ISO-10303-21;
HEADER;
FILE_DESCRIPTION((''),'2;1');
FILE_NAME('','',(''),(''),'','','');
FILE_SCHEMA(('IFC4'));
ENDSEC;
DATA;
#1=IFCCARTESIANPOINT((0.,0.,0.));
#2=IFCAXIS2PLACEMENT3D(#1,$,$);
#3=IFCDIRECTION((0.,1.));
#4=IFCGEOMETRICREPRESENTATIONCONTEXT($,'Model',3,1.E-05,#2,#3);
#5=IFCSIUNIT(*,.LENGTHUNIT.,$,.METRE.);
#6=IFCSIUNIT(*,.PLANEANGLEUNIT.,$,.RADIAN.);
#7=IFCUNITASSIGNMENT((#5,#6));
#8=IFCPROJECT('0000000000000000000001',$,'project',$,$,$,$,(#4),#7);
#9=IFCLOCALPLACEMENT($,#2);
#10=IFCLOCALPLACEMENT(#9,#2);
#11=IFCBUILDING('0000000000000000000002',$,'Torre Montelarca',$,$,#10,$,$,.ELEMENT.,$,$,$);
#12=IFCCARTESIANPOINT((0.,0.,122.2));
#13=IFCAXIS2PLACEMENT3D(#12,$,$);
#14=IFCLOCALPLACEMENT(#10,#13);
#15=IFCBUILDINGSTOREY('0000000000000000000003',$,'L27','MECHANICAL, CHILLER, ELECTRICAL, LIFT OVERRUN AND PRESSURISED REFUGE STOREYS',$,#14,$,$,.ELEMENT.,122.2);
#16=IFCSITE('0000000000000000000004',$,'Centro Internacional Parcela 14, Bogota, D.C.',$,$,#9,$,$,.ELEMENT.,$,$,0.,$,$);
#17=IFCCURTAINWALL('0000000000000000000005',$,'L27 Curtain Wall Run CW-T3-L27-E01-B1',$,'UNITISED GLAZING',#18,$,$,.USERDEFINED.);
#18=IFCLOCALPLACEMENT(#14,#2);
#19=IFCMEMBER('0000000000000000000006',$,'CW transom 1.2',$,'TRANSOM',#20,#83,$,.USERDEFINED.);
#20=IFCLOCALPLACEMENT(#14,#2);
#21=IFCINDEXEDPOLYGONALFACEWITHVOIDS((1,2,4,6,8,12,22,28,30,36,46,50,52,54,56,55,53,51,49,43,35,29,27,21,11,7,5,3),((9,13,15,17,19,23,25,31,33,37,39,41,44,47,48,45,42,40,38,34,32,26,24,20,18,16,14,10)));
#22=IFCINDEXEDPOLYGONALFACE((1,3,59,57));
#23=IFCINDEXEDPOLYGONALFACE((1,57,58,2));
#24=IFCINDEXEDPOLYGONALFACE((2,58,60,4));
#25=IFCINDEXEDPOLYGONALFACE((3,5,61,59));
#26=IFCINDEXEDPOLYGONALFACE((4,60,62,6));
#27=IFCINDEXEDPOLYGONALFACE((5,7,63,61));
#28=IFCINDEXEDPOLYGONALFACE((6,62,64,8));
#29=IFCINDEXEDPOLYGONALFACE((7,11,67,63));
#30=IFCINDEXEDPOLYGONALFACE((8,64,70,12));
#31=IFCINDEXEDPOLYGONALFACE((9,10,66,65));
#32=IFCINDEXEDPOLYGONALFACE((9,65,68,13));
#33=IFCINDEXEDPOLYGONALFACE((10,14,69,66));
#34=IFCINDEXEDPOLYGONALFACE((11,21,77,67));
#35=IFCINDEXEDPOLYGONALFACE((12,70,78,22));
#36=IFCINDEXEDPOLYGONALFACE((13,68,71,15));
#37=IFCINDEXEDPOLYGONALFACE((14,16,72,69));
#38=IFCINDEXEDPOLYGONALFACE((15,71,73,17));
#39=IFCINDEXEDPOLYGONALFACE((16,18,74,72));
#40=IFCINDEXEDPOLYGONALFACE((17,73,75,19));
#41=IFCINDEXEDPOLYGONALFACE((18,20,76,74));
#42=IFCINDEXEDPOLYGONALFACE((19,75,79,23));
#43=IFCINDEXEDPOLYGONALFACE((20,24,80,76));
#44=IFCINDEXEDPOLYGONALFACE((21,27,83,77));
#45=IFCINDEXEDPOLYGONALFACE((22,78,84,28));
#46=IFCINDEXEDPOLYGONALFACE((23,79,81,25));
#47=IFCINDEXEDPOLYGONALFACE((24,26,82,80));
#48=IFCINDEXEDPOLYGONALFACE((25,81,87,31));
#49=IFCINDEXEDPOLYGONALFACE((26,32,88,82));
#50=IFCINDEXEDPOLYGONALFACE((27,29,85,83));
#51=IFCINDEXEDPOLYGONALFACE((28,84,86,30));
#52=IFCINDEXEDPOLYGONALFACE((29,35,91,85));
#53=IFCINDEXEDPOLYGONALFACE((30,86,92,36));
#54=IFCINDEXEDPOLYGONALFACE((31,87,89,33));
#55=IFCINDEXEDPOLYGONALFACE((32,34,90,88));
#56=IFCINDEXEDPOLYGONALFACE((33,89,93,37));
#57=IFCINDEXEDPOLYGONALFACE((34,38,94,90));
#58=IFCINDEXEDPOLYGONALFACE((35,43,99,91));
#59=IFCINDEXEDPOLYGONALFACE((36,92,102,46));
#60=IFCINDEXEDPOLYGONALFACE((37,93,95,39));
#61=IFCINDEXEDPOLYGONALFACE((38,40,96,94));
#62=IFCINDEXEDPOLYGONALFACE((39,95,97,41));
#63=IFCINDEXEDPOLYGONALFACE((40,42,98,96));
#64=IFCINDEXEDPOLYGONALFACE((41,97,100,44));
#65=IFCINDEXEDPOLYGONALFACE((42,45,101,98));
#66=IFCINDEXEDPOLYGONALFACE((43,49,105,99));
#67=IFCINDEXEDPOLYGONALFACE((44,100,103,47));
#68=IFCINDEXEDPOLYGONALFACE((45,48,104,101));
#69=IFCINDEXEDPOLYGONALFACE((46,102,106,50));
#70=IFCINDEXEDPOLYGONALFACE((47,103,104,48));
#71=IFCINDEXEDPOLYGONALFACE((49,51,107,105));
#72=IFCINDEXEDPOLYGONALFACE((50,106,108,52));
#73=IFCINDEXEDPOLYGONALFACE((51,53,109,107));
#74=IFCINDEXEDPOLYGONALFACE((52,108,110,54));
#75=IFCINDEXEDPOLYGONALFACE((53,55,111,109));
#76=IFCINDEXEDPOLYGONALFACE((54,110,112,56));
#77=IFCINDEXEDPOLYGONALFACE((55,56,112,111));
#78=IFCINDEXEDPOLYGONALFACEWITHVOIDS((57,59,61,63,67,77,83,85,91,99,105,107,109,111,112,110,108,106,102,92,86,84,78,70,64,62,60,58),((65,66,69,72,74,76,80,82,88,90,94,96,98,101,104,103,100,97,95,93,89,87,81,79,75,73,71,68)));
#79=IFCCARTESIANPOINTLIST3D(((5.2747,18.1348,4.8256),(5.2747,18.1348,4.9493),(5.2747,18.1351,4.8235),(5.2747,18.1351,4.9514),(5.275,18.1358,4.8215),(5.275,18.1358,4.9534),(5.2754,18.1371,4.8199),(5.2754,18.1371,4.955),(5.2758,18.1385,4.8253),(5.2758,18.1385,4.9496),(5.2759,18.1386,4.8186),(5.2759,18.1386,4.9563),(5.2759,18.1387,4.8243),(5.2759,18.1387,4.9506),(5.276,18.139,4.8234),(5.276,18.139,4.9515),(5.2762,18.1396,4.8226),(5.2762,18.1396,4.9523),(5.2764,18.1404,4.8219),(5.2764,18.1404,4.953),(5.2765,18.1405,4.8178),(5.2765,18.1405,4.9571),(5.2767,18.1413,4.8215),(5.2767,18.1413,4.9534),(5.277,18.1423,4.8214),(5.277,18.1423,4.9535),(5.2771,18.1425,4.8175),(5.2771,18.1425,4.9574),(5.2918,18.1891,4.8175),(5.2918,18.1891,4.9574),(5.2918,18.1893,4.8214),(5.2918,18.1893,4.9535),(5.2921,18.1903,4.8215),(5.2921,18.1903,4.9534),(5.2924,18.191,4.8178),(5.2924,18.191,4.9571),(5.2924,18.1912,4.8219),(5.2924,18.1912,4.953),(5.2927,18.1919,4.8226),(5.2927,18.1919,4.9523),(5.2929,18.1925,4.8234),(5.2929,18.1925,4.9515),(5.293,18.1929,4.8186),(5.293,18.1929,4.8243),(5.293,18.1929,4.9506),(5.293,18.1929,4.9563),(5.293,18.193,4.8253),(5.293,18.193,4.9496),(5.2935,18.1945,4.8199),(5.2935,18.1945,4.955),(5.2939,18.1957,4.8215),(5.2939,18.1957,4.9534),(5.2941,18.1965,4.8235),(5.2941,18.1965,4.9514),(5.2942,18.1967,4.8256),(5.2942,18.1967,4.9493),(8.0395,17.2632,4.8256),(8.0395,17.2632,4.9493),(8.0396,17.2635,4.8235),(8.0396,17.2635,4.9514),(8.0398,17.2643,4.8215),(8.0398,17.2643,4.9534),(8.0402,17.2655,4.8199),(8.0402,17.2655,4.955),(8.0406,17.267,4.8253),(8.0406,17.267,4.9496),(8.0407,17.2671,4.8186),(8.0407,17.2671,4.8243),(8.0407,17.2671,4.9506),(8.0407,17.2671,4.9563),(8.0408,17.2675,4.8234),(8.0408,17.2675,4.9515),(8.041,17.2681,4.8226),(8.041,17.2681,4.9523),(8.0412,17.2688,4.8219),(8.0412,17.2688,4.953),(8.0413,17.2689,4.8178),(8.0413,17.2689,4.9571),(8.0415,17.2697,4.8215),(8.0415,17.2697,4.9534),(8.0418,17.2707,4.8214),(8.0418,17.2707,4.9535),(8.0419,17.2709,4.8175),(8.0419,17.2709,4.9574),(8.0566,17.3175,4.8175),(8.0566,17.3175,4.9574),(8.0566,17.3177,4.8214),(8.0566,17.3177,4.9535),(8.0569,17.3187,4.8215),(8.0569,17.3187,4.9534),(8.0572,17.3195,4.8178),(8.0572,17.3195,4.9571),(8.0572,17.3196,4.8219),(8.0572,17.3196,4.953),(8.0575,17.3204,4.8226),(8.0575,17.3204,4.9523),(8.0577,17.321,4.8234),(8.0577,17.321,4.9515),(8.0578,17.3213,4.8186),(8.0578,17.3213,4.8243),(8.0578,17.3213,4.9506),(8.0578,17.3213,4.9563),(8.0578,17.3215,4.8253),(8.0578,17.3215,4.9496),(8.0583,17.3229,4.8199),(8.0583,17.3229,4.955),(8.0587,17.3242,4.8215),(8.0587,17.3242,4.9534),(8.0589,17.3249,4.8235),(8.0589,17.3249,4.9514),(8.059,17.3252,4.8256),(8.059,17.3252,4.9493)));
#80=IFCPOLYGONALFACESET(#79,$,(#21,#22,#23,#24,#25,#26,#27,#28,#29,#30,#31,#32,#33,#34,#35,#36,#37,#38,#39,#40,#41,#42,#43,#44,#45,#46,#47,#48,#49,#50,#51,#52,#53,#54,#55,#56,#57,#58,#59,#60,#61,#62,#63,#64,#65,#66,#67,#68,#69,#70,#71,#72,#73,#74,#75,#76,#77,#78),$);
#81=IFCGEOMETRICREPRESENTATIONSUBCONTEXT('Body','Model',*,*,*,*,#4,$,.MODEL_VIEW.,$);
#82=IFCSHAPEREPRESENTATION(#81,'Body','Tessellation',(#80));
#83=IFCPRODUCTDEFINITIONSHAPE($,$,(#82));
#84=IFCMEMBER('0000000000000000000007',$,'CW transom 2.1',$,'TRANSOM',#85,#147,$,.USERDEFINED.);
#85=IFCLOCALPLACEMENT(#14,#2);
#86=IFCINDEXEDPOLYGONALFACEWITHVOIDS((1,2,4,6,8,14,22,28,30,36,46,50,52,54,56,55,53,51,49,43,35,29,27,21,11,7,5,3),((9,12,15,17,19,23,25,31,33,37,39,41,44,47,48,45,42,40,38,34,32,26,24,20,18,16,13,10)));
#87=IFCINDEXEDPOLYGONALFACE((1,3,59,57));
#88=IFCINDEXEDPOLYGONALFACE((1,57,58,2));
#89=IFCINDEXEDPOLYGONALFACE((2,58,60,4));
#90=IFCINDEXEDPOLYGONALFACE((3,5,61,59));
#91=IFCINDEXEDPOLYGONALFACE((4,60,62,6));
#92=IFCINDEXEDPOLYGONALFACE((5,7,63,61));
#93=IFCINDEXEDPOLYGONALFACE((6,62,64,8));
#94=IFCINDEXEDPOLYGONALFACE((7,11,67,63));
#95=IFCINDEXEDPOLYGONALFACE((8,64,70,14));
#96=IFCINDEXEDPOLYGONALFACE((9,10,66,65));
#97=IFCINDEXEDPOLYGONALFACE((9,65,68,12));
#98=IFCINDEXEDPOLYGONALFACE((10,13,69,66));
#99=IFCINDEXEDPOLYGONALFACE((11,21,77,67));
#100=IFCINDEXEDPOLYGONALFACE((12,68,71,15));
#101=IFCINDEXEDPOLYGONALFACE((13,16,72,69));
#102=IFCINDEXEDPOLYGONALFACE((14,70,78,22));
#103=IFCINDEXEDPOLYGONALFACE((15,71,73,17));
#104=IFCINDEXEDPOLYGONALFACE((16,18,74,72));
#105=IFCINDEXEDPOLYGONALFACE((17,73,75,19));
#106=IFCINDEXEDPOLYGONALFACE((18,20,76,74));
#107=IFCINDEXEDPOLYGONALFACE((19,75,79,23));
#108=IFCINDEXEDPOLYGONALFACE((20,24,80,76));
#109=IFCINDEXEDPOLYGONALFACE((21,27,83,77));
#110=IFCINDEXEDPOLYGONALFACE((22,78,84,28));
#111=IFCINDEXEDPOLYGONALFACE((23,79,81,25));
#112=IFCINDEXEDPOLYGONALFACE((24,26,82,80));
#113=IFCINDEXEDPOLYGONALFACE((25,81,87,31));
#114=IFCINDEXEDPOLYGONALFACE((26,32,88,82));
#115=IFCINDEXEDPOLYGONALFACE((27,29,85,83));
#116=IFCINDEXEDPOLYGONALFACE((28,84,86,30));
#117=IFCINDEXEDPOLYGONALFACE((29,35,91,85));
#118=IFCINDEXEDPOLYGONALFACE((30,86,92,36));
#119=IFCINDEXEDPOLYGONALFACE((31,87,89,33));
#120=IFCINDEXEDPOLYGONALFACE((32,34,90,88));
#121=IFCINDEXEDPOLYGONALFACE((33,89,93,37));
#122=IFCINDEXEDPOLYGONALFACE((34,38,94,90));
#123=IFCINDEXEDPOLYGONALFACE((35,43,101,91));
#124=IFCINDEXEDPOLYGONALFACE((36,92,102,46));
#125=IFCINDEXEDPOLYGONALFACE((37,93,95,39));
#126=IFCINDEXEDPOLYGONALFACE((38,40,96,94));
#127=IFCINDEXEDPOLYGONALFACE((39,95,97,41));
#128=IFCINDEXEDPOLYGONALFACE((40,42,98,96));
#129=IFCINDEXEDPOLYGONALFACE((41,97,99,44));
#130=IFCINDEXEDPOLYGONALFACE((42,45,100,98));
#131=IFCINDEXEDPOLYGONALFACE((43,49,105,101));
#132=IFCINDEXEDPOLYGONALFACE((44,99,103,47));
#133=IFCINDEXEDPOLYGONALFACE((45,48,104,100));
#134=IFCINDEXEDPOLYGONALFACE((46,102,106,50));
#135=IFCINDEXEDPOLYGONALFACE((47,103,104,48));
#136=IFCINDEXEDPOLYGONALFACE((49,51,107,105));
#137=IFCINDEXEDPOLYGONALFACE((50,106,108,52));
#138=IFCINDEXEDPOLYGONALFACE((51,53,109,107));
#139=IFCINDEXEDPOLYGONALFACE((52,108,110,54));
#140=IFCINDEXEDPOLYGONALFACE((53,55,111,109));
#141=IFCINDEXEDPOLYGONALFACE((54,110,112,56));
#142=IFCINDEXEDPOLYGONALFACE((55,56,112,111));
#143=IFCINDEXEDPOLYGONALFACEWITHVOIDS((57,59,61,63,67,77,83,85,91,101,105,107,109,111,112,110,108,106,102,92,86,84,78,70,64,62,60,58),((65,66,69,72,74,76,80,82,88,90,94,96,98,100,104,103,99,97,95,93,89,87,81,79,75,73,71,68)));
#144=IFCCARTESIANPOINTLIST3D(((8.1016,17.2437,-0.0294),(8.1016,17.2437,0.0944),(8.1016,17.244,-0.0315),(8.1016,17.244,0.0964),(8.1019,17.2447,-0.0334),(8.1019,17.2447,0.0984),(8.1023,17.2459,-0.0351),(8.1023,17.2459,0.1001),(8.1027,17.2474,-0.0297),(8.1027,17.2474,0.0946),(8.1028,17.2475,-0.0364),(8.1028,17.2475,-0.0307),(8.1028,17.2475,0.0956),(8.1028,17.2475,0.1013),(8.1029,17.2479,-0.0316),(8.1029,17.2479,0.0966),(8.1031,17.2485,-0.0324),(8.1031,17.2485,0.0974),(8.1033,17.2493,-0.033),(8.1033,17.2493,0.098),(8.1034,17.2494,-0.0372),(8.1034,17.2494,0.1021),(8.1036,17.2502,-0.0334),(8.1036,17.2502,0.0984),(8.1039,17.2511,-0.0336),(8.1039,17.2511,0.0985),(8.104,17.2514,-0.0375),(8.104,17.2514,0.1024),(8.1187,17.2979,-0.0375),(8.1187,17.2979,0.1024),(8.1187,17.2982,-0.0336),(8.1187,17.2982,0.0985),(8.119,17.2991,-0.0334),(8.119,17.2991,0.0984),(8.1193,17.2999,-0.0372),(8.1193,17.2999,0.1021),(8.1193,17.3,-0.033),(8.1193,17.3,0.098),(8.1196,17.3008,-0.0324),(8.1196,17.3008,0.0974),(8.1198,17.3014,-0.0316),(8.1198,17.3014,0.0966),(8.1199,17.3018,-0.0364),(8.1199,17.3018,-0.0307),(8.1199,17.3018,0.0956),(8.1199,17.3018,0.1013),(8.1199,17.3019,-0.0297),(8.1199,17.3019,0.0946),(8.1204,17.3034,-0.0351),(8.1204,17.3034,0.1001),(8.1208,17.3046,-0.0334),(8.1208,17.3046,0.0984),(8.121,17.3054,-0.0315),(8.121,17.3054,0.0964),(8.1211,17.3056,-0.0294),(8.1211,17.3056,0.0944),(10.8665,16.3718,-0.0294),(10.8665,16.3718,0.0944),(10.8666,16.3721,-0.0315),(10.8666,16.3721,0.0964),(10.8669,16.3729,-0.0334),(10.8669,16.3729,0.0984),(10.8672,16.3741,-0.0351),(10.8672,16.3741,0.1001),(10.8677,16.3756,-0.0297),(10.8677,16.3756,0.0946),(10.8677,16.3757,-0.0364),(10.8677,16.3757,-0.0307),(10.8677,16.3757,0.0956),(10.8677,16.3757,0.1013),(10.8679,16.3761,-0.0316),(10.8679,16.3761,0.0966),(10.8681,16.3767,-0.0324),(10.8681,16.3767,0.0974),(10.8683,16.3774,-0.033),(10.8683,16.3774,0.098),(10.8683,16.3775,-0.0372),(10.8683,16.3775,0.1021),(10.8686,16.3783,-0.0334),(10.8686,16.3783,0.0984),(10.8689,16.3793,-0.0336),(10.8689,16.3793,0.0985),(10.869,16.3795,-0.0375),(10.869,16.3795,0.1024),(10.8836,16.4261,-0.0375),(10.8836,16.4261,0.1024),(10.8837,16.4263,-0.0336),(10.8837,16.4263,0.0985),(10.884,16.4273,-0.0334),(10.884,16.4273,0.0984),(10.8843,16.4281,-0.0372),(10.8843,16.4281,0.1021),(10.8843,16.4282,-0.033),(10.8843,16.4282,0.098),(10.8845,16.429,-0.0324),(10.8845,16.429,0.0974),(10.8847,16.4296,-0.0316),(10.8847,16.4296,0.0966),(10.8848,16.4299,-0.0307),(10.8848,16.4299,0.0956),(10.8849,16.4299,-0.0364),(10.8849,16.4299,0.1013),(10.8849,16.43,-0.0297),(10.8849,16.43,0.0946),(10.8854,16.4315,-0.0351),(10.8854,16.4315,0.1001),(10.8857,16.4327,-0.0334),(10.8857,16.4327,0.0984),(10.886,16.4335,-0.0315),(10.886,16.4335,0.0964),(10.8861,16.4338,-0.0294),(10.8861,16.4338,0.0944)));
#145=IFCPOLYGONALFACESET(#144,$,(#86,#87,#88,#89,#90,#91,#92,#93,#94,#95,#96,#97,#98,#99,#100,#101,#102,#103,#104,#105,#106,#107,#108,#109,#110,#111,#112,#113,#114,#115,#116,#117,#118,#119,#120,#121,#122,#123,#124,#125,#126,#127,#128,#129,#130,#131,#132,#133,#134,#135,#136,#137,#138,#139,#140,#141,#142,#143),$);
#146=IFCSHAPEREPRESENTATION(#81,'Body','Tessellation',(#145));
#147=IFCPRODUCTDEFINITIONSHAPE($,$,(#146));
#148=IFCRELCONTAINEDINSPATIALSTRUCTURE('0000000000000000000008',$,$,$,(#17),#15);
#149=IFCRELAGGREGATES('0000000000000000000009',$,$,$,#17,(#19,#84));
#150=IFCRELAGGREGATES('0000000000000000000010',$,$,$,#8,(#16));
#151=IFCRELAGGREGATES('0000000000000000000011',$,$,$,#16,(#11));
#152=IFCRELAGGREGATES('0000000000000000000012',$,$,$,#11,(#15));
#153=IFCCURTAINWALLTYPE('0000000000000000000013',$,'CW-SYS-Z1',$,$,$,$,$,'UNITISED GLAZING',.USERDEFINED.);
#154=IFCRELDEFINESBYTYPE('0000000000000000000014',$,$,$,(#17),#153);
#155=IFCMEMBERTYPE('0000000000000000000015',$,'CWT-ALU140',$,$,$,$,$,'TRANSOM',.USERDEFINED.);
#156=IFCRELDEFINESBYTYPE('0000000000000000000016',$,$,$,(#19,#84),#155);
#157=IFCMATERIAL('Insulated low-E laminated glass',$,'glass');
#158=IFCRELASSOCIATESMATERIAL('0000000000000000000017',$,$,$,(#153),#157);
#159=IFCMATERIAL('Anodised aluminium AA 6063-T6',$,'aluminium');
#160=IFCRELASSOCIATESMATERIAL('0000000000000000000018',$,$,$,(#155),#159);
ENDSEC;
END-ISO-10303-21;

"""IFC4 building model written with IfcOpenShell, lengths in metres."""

from ifc_helpers import new_model, si_unit, direction, frame, origin, origin_2d, place, context, subcontext, project, spatial, hollow_rectangle, extrude, source, transform, mapped, material, material_profile, profile_set, type_object, element, aggregate, save


model = new_model("IFC4")

# Units and contexts
model_context = context("Model", 3, precision=1e-05, world=origin(), true_north=direction((0.0, 1.0)))
body_context = subcontext(model_context, "Body", "Model", "MODEL_VIEW")
ifc_project = project(units=[si_unit("LENGTHUNIT", "METRE"), si_unit("PLANEANGLEUNIT", "RADIAN")], contexts=[model_context])

# Site, building, storey
site_placement = place(None, origin())
site = spatial("IfcSite", under=ifc_project, at=site_placement, Name="Centro Internacional Parcela 14, Bogota, D.C.", CompositionType="ELEMENT", RefElevation=0.0)
building_placement = place(site_placement, origin())
building = spatial("IfcBuilding", under=site, at=building_placement, Name="Torre Montelarca", CompositionType="ELEMENT")
storey_placement = place(building_placement, frame((0.0, 0.0, 122.2)))
storey = spatial("IfcBuildingStorey", under=building, at=storey_placement, Name="L27", Description="MECHANICAL, CHILLER, ELECTRICAL, LIFT OVERRUN AND PRESSURISED REFUGE STOREYS", CompositionType="ELEMENT", Elevation=122.2)

# Curtain wall, members
ifc_material_1 = material(Name="Insulated low-E laminated glass", Category="glass")
curtain_wall_type = type_object("IfcCurtainWallType", Name="CW-SYS-Z1", ElementType="UNITISED GLAZING", PredefinedType="USERDEFINED", material=ifc_material_1)
curtain_wall_placement = place(storey_placement, origin())
curtain_wall = element("IfcCurtainWall", 1, at=curtain_wall_placement, inside=storey, type_object=curtain_wall_type, Name="L27 Curtain Wall Run CW-T3-L27-E01-B1", ObjectType="UNITISED GLAZING", PredefinedType="USERDEFINED")
ifc_material_2 = material(Name="Anodised aluminium AA 6063-T6", Category="aluminium")
ifc_material_profile_1 = material_profile(ifc_material_2, hollow_rectangle(XDim=0.0649, YDim=0.1399, WallThickness=0.0039, InnerFilletRadius=0.0039, OuterFilletRadius=0.0081, at=origin_2d()), Name="ALU65X140X4", Category="aluminium")
ifc_profile_set_1 = profile_set([ifc_material_profile_1], Name="Anodised aluminium AA 6063-T6")
member_type_1 = type_object("IfcMemberType", Name="CWT-ALU140", ElementType="TRANSOM", PredefinedType="USERDEFINED", material=ifc_profile_set_1)
shared_shape_1 = source(origin(), body_context, "Body", "SweptSolid", [
    extrude(hollow_rectangle(XDim=0.0649, YDim=0.1399, WallThickness=0.0039, InnerFilletRadius=0.0039, OuterFilletRadius=0.0081, at=origin_2d()), origin(), (0.0, 0.0, 1.0), 2.8989),
])
member_1_placement = place(storey_placement, frame((5.2844, 18.1658, 4.8875), z_axis=(0.953735, -0.300648, 0.0), x_axis=(0.300648, 0.953735, 0.0)))
member_1 = element("IfcMember", 2, at=member_1_placement, type_object=member_type_1, Name="CW transom 1.2", ObjectType="TRANSOM", PredefinedType="USERDEFINED", context=body_context, shape_type="MappedRepresentation", body=[
    mapped(shared_shape_1, transform((0.0, 0.0, 0.0), scale=1.0)),
])
shared_shape_2 = source(origin(), body_context, "Body", "SweptSolid", [
    extrude(hollow_rectangle(XDim=0.0649, YDim=0.1399, WallThickness=0.0039, InnerFilletRadius=0.0039, OuterFilletRadius=0.0081, at=origin_2d()), origin(), (0.0, 0.0, 1.0), 2.8992),
])
member_2_placement = place(storey_placement, frame((8.1113, 17.2747, 0.0325), z_axis=(0.953711, -0.300724, 0.0), x_axis=(0.300724, 0.953711, 0.0)))
member_2 = element("IfcMember", 3, at=member_2_placement, type_object=member_type_1, Name="CW transom 2.1", ObjectType="TRANSOM", PredefinedType="USERDEFINED", context=body_context, shape_type="MappedRepresentation", body=[
    mapped(shared_shape_2, transform((0.0, 0.0, 0.0), scale=1.0)),
])

aggregate(curtain_wall, [member_1, member_2])

save(model, "model.ifc")
